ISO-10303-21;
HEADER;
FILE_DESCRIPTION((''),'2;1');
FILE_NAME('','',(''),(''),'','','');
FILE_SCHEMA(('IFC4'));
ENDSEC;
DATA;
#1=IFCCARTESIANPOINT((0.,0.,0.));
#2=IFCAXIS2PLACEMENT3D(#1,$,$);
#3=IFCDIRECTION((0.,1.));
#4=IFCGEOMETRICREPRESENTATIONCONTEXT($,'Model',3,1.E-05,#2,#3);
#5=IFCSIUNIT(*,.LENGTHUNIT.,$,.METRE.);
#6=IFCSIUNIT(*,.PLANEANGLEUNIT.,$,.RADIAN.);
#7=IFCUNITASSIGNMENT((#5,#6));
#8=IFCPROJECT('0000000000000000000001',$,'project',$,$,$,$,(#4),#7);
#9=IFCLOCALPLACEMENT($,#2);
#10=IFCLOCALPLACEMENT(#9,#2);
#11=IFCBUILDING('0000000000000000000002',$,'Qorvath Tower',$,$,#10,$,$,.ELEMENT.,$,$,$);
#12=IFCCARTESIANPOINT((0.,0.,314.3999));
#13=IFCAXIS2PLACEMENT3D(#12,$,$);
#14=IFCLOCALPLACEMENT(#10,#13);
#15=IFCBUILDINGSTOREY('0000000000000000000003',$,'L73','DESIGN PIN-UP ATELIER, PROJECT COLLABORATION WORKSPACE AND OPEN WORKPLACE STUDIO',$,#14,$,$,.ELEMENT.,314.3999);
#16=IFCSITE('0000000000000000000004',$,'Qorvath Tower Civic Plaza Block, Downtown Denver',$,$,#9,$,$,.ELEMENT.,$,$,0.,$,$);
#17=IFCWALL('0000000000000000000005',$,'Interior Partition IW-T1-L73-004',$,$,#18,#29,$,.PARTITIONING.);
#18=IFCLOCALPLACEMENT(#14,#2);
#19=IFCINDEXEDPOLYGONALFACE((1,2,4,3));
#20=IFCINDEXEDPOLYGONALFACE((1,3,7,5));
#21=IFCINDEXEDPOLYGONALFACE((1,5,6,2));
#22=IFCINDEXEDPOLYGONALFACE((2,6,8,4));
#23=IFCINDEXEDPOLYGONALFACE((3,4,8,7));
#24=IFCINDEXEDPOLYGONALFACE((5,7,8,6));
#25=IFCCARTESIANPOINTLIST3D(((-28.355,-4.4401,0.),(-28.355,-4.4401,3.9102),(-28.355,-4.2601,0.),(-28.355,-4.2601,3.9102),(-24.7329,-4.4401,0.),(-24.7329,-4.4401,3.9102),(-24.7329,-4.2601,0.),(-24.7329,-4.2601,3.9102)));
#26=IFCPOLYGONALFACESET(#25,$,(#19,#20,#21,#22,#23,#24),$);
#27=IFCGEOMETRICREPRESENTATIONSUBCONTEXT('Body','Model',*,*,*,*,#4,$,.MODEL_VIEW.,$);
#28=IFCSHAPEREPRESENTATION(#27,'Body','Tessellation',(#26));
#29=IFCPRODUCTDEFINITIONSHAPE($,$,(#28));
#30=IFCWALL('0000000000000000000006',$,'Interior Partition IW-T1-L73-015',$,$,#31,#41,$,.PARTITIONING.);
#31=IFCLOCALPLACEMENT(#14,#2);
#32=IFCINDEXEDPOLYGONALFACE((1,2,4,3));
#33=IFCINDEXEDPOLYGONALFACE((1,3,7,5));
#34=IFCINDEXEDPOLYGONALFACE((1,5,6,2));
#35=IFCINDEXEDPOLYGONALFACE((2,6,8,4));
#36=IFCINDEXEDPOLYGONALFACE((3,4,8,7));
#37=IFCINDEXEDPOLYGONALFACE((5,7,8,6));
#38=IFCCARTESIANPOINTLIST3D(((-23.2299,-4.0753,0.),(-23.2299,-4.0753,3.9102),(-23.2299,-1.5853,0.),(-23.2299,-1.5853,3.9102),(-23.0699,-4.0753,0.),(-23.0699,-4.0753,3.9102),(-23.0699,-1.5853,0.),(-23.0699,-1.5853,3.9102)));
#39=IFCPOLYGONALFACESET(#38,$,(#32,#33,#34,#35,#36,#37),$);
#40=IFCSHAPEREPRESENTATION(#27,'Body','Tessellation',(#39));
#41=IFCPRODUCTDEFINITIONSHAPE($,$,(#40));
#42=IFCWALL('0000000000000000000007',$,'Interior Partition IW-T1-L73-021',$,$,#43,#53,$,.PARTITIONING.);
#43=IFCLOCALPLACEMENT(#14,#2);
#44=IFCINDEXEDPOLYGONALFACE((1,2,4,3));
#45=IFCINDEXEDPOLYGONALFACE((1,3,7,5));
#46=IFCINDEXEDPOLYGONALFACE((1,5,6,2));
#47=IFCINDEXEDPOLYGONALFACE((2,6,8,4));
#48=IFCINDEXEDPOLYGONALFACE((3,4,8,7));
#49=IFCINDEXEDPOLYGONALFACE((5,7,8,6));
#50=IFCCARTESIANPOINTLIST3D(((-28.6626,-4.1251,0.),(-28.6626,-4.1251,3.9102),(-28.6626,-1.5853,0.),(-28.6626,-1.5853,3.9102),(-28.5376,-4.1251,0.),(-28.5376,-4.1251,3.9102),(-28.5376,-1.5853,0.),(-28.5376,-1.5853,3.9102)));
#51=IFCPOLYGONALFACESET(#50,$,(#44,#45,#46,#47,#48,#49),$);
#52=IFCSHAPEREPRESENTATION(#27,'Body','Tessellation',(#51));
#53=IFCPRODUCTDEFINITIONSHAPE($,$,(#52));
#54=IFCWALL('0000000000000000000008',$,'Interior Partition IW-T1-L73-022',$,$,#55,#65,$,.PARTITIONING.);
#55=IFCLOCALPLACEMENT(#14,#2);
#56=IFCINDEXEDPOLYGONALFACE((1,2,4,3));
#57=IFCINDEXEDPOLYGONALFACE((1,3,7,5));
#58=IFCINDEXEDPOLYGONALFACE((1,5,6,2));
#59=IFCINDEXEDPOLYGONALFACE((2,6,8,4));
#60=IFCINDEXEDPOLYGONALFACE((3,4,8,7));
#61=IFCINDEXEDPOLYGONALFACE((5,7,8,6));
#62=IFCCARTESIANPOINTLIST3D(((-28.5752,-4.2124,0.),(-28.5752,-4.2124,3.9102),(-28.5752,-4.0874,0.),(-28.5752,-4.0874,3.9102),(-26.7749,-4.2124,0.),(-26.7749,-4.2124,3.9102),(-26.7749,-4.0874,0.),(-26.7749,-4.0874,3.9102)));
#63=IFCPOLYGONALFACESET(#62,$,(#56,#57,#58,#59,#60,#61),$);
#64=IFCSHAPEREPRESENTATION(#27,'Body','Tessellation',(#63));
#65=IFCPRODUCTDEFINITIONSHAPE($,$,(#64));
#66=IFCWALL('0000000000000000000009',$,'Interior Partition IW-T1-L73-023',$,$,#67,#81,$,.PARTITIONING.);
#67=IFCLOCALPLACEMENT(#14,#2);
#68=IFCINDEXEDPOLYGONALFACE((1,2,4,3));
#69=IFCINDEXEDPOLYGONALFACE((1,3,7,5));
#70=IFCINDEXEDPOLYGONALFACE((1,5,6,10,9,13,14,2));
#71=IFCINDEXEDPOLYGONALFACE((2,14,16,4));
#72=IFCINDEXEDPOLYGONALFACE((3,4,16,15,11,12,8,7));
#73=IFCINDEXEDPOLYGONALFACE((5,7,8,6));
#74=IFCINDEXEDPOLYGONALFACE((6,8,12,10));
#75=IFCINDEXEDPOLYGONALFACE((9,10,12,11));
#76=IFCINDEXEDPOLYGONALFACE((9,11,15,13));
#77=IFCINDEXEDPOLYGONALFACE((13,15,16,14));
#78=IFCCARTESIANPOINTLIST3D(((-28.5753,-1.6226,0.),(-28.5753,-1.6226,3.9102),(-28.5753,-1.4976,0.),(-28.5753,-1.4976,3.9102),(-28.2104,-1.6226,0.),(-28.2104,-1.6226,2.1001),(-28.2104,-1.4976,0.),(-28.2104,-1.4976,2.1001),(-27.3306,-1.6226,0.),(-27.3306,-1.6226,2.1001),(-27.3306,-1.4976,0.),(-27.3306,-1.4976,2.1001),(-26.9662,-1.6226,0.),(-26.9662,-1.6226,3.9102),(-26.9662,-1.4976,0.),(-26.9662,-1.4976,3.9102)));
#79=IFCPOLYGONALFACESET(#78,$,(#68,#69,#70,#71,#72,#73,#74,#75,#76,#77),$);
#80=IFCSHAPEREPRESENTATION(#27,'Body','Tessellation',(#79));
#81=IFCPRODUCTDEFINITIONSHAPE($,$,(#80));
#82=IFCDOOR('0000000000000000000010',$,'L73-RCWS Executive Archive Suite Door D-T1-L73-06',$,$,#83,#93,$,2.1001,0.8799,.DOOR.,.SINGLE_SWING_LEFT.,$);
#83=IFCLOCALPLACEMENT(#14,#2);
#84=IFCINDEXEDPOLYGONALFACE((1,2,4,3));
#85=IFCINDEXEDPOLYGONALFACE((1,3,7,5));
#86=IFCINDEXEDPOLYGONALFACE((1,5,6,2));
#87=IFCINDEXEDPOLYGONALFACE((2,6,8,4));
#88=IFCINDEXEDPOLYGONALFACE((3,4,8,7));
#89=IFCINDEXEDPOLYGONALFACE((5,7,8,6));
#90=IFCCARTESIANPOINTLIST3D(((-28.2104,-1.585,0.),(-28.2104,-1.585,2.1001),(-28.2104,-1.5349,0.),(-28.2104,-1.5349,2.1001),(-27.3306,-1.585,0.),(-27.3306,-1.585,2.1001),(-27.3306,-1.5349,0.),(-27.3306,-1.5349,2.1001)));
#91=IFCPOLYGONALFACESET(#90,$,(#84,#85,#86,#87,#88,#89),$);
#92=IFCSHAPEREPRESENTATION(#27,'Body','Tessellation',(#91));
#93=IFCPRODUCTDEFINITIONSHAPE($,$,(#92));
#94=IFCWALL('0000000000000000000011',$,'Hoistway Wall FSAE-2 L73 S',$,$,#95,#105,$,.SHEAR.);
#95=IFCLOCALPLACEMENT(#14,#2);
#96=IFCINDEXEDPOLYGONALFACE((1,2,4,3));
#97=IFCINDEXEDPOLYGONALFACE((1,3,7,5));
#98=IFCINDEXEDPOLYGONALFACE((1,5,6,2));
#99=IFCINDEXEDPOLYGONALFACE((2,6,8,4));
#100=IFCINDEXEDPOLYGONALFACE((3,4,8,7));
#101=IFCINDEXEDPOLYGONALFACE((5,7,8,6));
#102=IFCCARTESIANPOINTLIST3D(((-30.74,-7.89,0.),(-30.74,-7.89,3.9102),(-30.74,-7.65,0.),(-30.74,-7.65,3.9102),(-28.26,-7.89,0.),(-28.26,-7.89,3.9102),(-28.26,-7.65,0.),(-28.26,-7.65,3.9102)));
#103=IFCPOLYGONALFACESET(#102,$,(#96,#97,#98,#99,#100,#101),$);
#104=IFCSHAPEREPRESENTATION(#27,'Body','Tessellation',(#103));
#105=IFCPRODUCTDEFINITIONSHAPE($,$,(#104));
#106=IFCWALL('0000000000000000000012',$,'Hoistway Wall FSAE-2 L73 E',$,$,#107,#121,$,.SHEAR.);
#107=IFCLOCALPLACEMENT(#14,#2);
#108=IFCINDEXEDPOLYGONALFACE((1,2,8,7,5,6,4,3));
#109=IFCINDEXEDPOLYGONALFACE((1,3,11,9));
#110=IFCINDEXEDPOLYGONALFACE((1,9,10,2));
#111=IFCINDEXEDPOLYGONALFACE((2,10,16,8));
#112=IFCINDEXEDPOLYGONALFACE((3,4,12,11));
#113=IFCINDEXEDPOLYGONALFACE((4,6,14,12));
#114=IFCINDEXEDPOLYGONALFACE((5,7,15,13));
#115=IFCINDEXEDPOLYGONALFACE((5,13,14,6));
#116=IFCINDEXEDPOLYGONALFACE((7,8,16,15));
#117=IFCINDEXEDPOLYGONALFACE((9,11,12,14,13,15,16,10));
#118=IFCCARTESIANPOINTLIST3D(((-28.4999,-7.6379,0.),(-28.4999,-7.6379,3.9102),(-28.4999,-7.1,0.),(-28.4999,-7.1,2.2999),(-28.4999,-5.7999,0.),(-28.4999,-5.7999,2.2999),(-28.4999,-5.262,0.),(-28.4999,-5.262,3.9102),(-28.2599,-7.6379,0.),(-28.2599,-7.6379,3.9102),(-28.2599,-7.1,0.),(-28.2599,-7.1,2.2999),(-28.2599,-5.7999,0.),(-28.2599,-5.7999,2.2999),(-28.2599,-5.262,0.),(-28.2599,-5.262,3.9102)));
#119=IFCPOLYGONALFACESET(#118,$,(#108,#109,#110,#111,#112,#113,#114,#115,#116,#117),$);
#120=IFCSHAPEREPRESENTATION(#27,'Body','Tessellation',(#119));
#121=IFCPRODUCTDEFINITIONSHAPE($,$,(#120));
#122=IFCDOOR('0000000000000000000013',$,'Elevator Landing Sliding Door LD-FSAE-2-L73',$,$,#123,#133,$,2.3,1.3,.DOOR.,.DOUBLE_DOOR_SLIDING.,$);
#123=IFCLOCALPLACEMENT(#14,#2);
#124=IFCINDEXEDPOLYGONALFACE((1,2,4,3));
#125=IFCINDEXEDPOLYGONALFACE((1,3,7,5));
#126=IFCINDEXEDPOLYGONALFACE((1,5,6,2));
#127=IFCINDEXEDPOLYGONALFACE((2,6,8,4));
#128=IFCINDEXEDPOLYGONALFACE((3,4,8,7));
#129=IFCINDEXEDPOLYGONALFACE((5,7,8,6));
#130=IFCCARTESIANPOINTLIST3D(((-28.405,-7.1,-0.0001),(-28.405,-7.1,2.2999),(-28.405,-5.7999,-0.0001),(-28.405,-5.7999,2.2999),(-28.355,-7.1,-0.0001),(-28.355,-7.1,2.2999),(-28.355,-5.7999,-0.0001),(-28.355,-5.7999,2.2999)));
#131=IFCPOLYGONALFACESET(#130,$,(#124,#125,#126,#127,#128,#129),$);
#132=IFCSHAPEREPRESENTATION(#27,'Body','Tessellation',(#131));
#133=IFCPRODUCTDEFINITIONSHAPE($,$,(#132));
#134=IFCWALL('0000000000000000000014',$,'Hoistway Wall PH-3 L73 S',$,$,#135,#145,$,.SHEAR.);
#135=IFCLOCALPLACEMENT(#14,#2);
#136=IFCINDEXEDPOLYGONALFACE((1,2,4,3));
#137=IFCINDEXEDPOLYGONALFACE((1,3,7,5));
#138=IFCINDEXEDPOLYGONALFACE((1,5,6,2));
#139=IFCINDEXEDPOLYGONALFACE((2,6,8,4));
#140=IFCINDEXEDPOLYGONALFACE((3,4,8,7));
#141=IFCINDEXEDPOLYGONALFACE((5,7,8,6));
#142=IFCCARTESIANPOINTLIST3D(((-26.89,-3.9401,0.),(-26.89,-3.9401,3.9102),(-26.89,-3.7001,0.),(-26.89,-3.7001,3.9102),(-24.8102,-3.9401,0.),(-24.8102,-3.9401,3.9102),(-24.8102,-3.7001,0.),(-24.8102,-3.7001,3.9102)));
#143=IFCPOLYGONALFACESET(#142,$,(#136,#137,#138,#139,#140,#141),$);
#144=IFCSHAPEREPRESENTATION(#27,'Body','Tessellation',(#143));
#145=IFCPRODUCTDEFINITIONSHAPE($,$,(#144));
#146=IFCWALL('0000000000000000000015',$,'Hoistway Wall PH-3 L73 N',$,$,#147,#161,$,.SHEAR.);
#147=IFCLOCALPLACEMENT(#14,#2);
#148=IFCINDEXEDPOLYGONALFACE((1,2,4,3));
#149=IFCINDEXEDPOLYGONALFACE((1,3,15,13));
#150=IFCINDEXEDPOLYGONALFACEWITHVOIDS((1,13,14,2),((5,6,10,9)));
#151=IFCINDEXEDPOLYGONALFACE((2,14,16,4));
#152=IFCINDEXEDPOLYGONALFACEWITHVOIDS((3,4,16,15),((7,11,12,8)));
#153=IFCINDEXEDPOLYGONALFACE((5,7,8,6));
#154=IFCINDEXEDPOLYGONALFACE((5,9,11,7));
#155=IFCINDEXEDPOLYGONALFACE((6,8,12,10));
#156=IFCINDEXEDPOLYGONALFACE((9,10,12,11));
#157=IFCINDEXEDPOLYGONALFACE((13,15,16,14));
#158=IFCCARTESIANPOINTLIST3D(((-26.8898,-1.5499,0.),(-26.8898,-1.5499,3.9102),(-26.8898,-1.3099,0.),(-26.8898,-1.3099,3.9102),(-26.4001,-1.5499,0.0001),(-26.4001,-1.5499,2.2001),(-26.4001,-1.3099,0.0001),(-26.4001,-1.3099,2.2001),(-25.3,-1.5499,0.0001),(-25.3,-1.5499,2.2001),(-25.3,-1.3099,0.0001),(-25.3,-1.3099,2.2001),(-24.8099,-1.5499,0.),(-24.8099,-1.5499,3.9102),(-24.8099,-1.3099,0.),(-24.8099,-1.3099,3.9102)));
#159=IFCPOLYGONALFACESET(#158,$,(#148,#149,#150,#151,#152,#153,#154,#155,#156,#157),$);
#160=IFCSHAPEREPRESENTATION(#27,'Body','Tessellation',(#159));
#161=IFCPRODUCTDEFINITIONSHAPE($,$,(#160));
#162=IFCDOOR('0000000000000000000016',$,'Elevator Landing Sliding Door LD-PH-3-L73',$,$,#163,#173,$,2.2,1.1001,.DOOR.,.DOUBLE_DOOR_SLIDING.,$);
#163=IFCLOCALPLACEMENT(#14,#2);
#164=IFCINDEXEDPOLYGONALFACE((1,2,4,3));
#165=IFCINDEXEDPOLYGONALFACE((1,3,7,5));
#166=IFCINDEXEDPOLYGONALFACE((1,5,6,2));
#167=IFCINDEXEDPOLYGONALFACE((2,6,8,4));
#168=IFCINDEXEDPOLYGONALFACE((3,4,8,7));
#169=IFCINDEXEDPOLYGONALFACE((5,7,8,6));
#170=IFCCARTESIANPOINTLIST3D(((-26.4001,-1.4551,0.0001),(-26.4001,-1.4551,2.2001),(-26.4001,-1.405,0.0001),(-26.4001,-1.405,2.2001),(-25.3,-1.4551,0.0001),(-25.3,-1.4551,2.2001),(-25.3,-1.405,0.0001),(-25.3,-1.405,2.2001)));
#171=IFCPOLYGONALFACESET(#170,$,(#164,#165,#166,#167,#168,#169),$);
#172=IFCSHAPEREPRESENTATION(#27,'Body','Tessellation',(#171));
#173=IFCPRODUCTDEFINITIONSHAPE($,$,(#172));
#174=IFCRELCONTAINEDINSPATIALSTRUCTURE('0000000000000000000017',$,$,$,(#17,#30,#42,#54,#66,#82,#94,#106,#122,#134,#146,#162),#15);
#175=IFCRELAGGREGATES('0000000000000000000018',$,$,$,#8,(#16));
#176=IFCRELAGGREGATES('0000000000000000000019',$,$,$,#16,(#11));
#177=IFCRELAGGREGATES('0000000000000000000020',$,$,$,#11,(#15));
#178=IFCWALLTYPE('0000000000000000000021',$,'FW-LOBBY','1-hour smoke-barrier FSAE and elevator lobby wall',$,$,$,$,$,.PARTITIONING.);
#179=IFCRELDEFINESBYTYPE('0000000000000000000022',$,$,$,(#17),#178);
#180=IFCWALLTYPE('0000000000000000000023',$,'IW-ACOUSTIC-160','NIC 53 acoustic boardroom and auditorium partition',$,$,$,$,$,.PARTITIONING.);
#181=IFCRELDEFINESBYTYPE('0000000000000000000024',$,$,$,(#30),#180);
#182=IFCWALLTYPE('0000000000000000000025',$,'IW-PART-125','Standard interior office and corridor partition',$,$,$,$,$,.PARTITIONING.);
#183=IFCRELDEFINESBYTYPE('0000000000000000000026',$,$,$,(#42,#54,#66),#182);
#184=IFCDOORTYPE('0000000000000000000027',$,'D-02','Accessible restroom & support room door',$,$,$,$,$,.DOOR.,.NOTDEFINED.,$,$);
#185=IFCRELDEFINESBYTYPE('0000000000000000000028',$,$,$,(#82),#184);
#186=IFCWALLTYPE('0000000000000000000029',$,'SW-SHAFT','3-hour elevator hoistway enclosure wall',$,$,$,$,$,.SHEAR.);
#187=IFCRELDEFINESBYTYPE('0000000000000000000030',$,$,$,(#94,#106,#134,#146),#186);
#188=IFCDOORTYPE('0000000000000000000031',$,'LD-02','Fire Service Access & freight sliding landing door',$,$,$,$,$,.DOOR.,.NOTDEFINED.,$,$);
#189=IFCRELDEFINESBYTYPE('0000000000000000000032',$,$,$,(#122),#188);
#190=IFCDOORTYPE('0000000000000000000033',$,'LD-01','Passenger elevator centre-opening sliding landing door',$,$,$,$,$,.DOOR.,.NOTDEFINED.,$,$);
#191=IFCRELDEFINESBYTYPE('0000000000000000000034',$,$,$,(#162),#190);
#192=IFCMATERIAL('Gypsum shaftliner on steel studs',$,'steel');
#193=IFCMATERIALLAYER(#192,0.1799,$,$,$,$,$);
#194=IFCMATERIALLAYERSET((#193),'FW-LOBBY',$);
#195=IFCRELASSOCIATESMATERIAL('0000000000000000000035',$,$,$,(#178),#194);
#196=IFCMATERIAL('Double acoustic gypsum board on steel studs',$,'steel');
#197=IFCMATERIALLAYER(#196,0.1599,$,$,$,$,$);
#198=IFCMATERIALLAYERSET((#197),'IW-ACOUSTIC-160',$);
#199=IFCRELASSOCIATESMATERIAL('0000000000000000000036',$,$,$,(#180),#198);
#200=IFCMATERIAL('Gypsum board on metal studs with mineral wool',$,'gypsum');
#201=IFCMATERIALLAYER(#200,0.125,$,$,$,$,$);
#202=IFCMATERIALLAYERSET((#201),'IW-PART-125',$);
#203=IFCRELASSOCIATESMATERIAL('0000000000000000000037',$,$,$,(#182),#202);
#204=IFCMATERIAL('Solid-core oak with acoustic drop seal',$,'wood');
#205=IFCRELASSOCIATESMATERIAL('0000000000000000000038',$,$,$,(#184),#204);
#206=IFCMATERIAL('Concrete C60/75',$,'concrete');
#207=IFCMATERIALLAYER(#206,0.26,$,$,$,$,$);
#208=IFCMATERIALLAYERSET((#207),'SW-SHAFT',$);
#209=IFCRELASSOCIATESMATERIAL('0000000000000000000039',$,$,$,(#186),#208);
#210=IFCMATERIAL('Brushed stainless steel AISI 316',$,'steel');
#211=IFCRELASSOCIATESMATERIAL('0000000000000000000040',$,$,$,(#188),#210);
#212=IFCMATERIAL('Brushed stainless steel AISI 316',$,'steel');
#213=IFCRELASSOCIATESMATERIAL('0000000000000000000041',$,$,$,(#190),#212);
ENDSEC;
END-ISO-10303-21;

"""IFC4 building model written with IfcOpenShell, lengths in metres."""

from ifc_helpers import new_model, si_unit, direction, frame, frame_2d, origin, place, context, subcontext, project, spatial, rectangle, extrude, material, layer, layer_set, type_object, element, fill, save


model = new_model("IFC4")

# Units and contexts
model_context = context("Model", 3, precision=1e-05, world=origin(), true_north=direction((0.0, 1.0)))
body_context = subcontext(model_context, "Body", "Model", "MODEL_VIEW")
ifc_project = project(units=[si_unit("LENGTHUNIT", "METRE"), si_unit("PLANEANGLEUNIT", "RADIAN")], contexts=[model_context])

# Site, building, storey
site_placement = place(None, origin())
site = spatial("IfcSite", under=ifc_project, at=site_placement, Name="Qorvath Tower Civic Plaza Block, Downtown Denver", CompositionType="ELEMENT", RefElevation=0.0)
building_placement = place(site_placement, origin())
building = spatial("IfcBuilding", under=site, at=building_placement, Name="Qorvath Tower", CompositionType="ELEMENT")
storey_placement = place(building_placement, frame((0.0, 0.0, 314.3999)))
storey = spatial("IfcBuildingStorey", under=building, at=storey_placement, Name="L73", Description="DESIGN PIN-UP ATELIER, PROJECT COLLABORATION WORKSPACE AND OPEN WORKPLACE STUDIO", CompositionType="ELEMENT", Elevation=314.3999)

# Shared definitions
ifc_material_1 = material(Name="Gypsum shaftliner on steel studs", Category="steel")
ifc_layer_1 = layer(ifc_material_1, 0.1799)
ifc_layer_set_1 = layer_set([ifc_layer_1], Name="FW-LOBBY")
wall_type_1 = type_object("IfcWallType", Name="FW-LOBBY", Description="1-hour smoke-barrier FSAE and elevator lobby wall", PredefinedType="PARTITIONING", material=ifc_layer_set_1)

# Walls
wall_1_placement = place(storey_placement, frame((-24.7329, -4.3501, 0.0), z_axis=(0.0, 0.0, 1.0), x_axis=(-1.0, 0.0, 0.0)))
element("IfcWall", 1, at=wall_1_placement, inside=storey, type_object=wall_type_1, Name="Interior Partition IW-T1-L73-004", PredefinedType="PARTITIONING", context=body_context, shape_type="SweptSolid", body=[
    extrude(rectangle(XDim=3.6221, YDim=0.1799, at=frame_2d((1.811, 0.0))), origin(), (0.0, 0.0, 1.0), 3.9102),
])
ifc_material_2 = material(Name="Double acoustic gypsum board on steel studs", Category="steel")
ifc_layer_2 = layer(ifc_material_2, 0.1599)
ifc_layer_set_2 = layer_set([ifc_layer_2], Name="IW-ACOUSTIC-160")
wall_type_2 = type_object("IfcWallType", Name="IW-ACOUSTIC-160", Description="NIC 53 acoustic boardroom and auditorium partition", PredefinedType="PARTITIONING", material=ifc_layer_set_2)
wall_2_placement = place(storey_placement, frame((-23.1499, -1.5852, 0.0), z_axis=(0.0, 0.0, 1.0), x_axis=(0.0, -1.0, 0.0)))
element("IfcWall", 2, at=wall_2_placement, inside=storey, type_object=wall_type_2, Name="Interior Partition IW-T1-L73-015", PredefinedType="PARTITIONING", context=body_context, shape_type="SweptSolid", body=[
    extrude(rectangle(XDim=2.49, YDim=0.1599, at=frame_2d((1.2451, 0.0))), origin(), (0.0, 0.0, 1.0), 3.9102),
])
ifc_material_3 = material(Name="Gypsum board on metal studs with mineral wool", Category="gypsum")
ifc_layer_3 = layer(ifc_material_3, 0.125)
ifc_layer_set_3 = layer_set([ifc_layer_3], Name="IW-PART-125")
wall_type_3 = type_object("IfcWallType", Name="IW-PART-125", Description="Standard interior office and corridor partition", PredefinedType="PARTITIONING", material=ifc_layer_set_3)
wall_3_placement = place(storey_placement, frame((-28.6001, -1.5852, 0.0), z_axis=(0.0, 0.0, 1.0), x_axis=(0.0, -1.0, 0.0)))
element("IfcWall", 3, at=wall_3_placement, inside=storey, type_object=wall_type_3, Name="Interior Partition IW-T1-L73-021", PredefinedType="PARTITIONING", context=body_context, shape_type="SweptSolid", body=[
    extrude(rectangle(XDim=2.5398, YDim=0.125, at=frame_2d((1.27, 0.0))), origin(), (0.0, 0.0, 1.0), 3.9102),
])
wall_4_placement = place(storey_placement, frame((-28.5752, -4.1499, 0.0), z_axis=(0.0, 0.0, 1.0), x_axis=(1.0, 0.0, 0.0)))
element("IfcWall", 4, at=wall_4_placement, inside=storey, type_object=wall_type_3, Name="Interior Partition IW-T1-L73-022", PredefinedType="PARTITIONING", context=body_context, shape_type="SweptSolid", body=[
    extrude(rectangle(XDim=1.8003, YDim=0.125, at=frame_2d((0.9001, 0.0))), origin(), (0.0, 0.0, 1.0), 3.9102),
])

# Wall, opening, door
wall_5_placement = place(storey_placement, frame((-26.9661, -1.5601, 0.0), z_axis=(0.0, 0.0, 1.0), x_axis=(-1.0, 0.0, 0.0)))
wall_5 = element("IfcWall", 5, at=wall_5_placement, inside=storey, type_object=wall_type_3, Name="Interior Partition IW-T1-L73-023", PredefinedType="PARTITIONING", context=body_context, shape_type="SweptSolid", body=[
    extrude(rectangle(XDim=1.6091, YDim=0.125, at=frame_2d((0.8047, 0.0))), origin(), (0.0, 0.0, 1.0), 3.9102),
])
opening_1_placement = place(wall_5_placement, frame((0.3645, 0.0, 0.0)))
opening_1 = element("IfcOpeningElement", 6, at=opening_1_placement, cuts=wall_5, PredefinedType="OPENING", context=body_context, shape_type="SweptSolid", body=[
    extrude(rectangle(XDim=0.8799, YDim=2.1001, at=frame_2d((0.4399, 1.05))), frame((0.0, 0.0725, 0.0), z_axis=(0.0, -1.0, 0.0), x_axis=(1.0, 0.0, 0.0)), (0.0, 0.0, 1.0), 0.145),
])
ifc_material_4 = material(Name="Solid-core oak with acoustic drop seal", Category="wood")
door_type_1 = type_object("IfcDoorType", Name="D-02", Description="Accessible restroom & support room door", OperationType="NOTDEFINED", PredefinedType="DOOR", material=ifc_material_4)
door_1_placement = place(opening_1_placement, origin())
door_1 = element("IfcDoor", 7, at=door_1_placement, inside=storey, type_object=door_type_1, Name="L73-RCWS Executive Archive Suite Door D-T1-L73-06", OperationType="SINGLE_SWING_LEFT", OverallHeight=2.1001, OverallWidth=0.8799, PredefinedType="DOOR", context=body_context, shape_type="SweptSolid", body=[
    extrude(rectangle(XDim=0.8799, YDim=2.1001, at=frame_2d((0.4399, 1.05))), frame((0.0, 0.0249, 0.0), z_axis=(0.0, -1.0, 0.0), x_axis=(1.0, 0.0, 0.0)), (0.0, 0.0, 1.0), 0.05),
])
fill(opening_1, door_1)

# Wall
ifc_material_5 = material(Name="Concrete C60/75", Category="concrete")
ifc_layer_4 = layer(ifc_material_5, 0.26)
ifc_layer_set_4 = layer_set([ifc_layer_4], Name="SW-SHAFT")
wall_type_4 = type_object("IfcWallType", Name="SW-SHAFT", Description="3-hour elevator hoistway enclosure wall", PredefinedType="SHEAR", material=ifc_layer_set_4)
wall_6_placement = place(storey_placement, frame((-28.26, -7.77, 0.0), z_axis=(0.0, 0.0, 1.0), x_axis=(-1.0, 0.0, 0.0)))
element("IfcWall", 8, at=wall_6_placement, inside=storey, type_object=wall_type_4, Name="Hoistway Wall FSAE-2 L73 S", PredefinedType="SHEAR", context=body_context, shape_type="SweptSolid", body=[
    extrude(rectangle(XDim=2.48, YDim=0.24, at=frame_2d((1.24, 0.0))), origin(), (0.0, 0.0, 1.0), 3.9102),
])

# Wall, opening, door
wall_7_placement = place(storey_placement, frame((-28.3799, -5.262, 0.0), z_axis=(0.0, 0.0, 1.0), x_axis=(0.0, -1.0, 0.0)))
wall_7 = element("IfcWall", 9, at=wall_7_placement, inside=storey, type_object=wall_type_4, Name="Hoistway Wall FSAE-2 L73 E", PredefinedType="SHEAR", context=body_context, shape_type="SweptSolid", body=[
    extrude(rectangle(XDim=2.376, YDim=0.24, at=frame_2d((1.188, 0.0))), origin(), (0.0, 0.0, 1.0), 3.9102),
])
opening_2_placement = place(wall_7_placement, frame((0.5381, 0.0, 0.0)))
opening_2 = element("IfcOpeningElement", 10, at=opening_2_placement, cuts=wall_7, PredefinedType="OPENING", context=body_context, shape_type="SweptSolid", body=[
    extrude(rectangle(XDim=1.3, YDim=2.3, at=frame_2d((0.6499, 1.1499))), frame((0.0, 0.1299, 0.0), z_axis=(0.0, -1.0, 0.0), x_axis=(1.0, 0.0, 0.0)), (0.0, 0.0, 1.0), 0.26),
])
ifc_material_6 = material(Name="Brushed stainless steel AISI 316", Category="steel")
door_type_2 = type_object("IfcDoorType", Name="LD-02", Description="Fire Service Access & freight sliding landing door", OperationType="NOTDEFINED", PredefinedType="DOOR", material=ifc_material_6)
door_2_placement = place(opening_2_placement, origin())
door_2 = element("IfcDoor", 11, at=door_2_placement, inside=storey, type_object=door_type_2, Name="Elevator Landing Sliding Door LD-FSAE-2-L73", OperationType="DOUBLE_DOOR_SLIDING", OverallHeight=2.3, OverallWidth=1.3, PredefinedType="DOOR", context=body_context, shape_type="SweptSolid", body=[
    extrude(rectangle(XDim=1.3, YDim=2.3, at=frame_2d((0.6499, 1.1499))), frame((0.0, 0.0249, 0.0), z_axis=(0.0, -1.0, 0.0), x_axis=(1.0, 0.0, 0.0)), (0.0, 0.0, 1.0), 0.05),
])
fill(opening_2, door_2)

# Wall
wall_8_placement = place(storey_placement, frame((-24.8101, -3.8201, 0.0), z_axis=(0.0, 0.0, 1.0), x_axis=(-1.0, 0.0, 0.0)))
element("IfcWall", 12, at=wall_8_placement, inside=storey, type_object=wall_type_4, Name="Hoistway Wall PH-3 L73 S", PredefinedType="SHEAR", context=body_context, shape_type="SweptSolid", body=[
    extrude(rectangle(XDim=2.0798, YDim=0.24, at=frame_2d((1.04, 0.0))), origin(), (0.0, 0.0, 1.0), 3.9102),
])

# Wall, opening, door
wall_9_placement = place(storey_placement, frame((-26.8899, -1.4299, 0.0), z_axis=(0.0, 0.0, 1.0), x_axis=(1.0, 0.0, 0.0)))
wall_9 = element("IfcWall", 13, at=wall_9_placement, inside=storey, type_object=wall_type_4, Name="Hoistway Wall PH-3 L73 N", PredefinedType="SHEAR", context=body_context, shape_type="SweptSolid", body=[
    extrude(rectangle(XDim=2.0798, YDim=0.24, at=frame_2d((1.04, 0.0))), origin(), (0.0, 0.0, 1.0), 3.9102),
])
opening_3_placement = place(wall_9_placement, frame((0.4897, 0.0, 0.0)))
opening_3 = element("IfcOpeningElement", 14, at=opening_3_placement, cuts=wall_9, PredefinedType="OPENING", context=body_context, shape_type="SweptSolid", body=[
    extrude(rectangle(XDim=1.1001, YDim=2.2, at=frame_2d((0.55, 1.1001))), frame((0.0, 0.1299, 0.0), z_axis=(0.0, -1.0, 0.0), x_axis=(1.0, 0.0, 0.0)), (0.0, 0.0, 1.0), 0.26),
])
ifc_material_7 = material(Name="Brushed stainless steel AISI 316", Category="steel")
door_type_3 = type_object("IfcDoorType", Name="LD-01", Description="Passenger elevator centre-opening sliding landing door", OperationType="NOTDEFINED", PredefinedType="DOOR", material=ifc_material_7)
door_3_placement = place(opening_3_placement, origin())
door_3 = element("IfcDoor", 15, at=door_3_placement, inside=storey, type_object=door_type_3, Name="Elevator Landing Sliding Door LD-PH-3-L73", OperationType="DOUBLE_DOOR_SLIDING", OverallHeight=2.2, OverallWidth=1.1001, PredefinedType="DOOR", context=body_context, shape_type="SweptSolid", body=[
    extrude(rectangle(XDim=1.1001, YDim=2.2, at=frame_2d((0.55, 1.1001))), frame((0.0, 0.0249, 0.0), z_axis=(0.0, -1.0, 0.0), x_axis=(1.0, 0.0, 0.0)), (0.0, 0.0, 1.0), 0.05),
])
fill(opening_3, door_3)

save(model, "model.ifc")
